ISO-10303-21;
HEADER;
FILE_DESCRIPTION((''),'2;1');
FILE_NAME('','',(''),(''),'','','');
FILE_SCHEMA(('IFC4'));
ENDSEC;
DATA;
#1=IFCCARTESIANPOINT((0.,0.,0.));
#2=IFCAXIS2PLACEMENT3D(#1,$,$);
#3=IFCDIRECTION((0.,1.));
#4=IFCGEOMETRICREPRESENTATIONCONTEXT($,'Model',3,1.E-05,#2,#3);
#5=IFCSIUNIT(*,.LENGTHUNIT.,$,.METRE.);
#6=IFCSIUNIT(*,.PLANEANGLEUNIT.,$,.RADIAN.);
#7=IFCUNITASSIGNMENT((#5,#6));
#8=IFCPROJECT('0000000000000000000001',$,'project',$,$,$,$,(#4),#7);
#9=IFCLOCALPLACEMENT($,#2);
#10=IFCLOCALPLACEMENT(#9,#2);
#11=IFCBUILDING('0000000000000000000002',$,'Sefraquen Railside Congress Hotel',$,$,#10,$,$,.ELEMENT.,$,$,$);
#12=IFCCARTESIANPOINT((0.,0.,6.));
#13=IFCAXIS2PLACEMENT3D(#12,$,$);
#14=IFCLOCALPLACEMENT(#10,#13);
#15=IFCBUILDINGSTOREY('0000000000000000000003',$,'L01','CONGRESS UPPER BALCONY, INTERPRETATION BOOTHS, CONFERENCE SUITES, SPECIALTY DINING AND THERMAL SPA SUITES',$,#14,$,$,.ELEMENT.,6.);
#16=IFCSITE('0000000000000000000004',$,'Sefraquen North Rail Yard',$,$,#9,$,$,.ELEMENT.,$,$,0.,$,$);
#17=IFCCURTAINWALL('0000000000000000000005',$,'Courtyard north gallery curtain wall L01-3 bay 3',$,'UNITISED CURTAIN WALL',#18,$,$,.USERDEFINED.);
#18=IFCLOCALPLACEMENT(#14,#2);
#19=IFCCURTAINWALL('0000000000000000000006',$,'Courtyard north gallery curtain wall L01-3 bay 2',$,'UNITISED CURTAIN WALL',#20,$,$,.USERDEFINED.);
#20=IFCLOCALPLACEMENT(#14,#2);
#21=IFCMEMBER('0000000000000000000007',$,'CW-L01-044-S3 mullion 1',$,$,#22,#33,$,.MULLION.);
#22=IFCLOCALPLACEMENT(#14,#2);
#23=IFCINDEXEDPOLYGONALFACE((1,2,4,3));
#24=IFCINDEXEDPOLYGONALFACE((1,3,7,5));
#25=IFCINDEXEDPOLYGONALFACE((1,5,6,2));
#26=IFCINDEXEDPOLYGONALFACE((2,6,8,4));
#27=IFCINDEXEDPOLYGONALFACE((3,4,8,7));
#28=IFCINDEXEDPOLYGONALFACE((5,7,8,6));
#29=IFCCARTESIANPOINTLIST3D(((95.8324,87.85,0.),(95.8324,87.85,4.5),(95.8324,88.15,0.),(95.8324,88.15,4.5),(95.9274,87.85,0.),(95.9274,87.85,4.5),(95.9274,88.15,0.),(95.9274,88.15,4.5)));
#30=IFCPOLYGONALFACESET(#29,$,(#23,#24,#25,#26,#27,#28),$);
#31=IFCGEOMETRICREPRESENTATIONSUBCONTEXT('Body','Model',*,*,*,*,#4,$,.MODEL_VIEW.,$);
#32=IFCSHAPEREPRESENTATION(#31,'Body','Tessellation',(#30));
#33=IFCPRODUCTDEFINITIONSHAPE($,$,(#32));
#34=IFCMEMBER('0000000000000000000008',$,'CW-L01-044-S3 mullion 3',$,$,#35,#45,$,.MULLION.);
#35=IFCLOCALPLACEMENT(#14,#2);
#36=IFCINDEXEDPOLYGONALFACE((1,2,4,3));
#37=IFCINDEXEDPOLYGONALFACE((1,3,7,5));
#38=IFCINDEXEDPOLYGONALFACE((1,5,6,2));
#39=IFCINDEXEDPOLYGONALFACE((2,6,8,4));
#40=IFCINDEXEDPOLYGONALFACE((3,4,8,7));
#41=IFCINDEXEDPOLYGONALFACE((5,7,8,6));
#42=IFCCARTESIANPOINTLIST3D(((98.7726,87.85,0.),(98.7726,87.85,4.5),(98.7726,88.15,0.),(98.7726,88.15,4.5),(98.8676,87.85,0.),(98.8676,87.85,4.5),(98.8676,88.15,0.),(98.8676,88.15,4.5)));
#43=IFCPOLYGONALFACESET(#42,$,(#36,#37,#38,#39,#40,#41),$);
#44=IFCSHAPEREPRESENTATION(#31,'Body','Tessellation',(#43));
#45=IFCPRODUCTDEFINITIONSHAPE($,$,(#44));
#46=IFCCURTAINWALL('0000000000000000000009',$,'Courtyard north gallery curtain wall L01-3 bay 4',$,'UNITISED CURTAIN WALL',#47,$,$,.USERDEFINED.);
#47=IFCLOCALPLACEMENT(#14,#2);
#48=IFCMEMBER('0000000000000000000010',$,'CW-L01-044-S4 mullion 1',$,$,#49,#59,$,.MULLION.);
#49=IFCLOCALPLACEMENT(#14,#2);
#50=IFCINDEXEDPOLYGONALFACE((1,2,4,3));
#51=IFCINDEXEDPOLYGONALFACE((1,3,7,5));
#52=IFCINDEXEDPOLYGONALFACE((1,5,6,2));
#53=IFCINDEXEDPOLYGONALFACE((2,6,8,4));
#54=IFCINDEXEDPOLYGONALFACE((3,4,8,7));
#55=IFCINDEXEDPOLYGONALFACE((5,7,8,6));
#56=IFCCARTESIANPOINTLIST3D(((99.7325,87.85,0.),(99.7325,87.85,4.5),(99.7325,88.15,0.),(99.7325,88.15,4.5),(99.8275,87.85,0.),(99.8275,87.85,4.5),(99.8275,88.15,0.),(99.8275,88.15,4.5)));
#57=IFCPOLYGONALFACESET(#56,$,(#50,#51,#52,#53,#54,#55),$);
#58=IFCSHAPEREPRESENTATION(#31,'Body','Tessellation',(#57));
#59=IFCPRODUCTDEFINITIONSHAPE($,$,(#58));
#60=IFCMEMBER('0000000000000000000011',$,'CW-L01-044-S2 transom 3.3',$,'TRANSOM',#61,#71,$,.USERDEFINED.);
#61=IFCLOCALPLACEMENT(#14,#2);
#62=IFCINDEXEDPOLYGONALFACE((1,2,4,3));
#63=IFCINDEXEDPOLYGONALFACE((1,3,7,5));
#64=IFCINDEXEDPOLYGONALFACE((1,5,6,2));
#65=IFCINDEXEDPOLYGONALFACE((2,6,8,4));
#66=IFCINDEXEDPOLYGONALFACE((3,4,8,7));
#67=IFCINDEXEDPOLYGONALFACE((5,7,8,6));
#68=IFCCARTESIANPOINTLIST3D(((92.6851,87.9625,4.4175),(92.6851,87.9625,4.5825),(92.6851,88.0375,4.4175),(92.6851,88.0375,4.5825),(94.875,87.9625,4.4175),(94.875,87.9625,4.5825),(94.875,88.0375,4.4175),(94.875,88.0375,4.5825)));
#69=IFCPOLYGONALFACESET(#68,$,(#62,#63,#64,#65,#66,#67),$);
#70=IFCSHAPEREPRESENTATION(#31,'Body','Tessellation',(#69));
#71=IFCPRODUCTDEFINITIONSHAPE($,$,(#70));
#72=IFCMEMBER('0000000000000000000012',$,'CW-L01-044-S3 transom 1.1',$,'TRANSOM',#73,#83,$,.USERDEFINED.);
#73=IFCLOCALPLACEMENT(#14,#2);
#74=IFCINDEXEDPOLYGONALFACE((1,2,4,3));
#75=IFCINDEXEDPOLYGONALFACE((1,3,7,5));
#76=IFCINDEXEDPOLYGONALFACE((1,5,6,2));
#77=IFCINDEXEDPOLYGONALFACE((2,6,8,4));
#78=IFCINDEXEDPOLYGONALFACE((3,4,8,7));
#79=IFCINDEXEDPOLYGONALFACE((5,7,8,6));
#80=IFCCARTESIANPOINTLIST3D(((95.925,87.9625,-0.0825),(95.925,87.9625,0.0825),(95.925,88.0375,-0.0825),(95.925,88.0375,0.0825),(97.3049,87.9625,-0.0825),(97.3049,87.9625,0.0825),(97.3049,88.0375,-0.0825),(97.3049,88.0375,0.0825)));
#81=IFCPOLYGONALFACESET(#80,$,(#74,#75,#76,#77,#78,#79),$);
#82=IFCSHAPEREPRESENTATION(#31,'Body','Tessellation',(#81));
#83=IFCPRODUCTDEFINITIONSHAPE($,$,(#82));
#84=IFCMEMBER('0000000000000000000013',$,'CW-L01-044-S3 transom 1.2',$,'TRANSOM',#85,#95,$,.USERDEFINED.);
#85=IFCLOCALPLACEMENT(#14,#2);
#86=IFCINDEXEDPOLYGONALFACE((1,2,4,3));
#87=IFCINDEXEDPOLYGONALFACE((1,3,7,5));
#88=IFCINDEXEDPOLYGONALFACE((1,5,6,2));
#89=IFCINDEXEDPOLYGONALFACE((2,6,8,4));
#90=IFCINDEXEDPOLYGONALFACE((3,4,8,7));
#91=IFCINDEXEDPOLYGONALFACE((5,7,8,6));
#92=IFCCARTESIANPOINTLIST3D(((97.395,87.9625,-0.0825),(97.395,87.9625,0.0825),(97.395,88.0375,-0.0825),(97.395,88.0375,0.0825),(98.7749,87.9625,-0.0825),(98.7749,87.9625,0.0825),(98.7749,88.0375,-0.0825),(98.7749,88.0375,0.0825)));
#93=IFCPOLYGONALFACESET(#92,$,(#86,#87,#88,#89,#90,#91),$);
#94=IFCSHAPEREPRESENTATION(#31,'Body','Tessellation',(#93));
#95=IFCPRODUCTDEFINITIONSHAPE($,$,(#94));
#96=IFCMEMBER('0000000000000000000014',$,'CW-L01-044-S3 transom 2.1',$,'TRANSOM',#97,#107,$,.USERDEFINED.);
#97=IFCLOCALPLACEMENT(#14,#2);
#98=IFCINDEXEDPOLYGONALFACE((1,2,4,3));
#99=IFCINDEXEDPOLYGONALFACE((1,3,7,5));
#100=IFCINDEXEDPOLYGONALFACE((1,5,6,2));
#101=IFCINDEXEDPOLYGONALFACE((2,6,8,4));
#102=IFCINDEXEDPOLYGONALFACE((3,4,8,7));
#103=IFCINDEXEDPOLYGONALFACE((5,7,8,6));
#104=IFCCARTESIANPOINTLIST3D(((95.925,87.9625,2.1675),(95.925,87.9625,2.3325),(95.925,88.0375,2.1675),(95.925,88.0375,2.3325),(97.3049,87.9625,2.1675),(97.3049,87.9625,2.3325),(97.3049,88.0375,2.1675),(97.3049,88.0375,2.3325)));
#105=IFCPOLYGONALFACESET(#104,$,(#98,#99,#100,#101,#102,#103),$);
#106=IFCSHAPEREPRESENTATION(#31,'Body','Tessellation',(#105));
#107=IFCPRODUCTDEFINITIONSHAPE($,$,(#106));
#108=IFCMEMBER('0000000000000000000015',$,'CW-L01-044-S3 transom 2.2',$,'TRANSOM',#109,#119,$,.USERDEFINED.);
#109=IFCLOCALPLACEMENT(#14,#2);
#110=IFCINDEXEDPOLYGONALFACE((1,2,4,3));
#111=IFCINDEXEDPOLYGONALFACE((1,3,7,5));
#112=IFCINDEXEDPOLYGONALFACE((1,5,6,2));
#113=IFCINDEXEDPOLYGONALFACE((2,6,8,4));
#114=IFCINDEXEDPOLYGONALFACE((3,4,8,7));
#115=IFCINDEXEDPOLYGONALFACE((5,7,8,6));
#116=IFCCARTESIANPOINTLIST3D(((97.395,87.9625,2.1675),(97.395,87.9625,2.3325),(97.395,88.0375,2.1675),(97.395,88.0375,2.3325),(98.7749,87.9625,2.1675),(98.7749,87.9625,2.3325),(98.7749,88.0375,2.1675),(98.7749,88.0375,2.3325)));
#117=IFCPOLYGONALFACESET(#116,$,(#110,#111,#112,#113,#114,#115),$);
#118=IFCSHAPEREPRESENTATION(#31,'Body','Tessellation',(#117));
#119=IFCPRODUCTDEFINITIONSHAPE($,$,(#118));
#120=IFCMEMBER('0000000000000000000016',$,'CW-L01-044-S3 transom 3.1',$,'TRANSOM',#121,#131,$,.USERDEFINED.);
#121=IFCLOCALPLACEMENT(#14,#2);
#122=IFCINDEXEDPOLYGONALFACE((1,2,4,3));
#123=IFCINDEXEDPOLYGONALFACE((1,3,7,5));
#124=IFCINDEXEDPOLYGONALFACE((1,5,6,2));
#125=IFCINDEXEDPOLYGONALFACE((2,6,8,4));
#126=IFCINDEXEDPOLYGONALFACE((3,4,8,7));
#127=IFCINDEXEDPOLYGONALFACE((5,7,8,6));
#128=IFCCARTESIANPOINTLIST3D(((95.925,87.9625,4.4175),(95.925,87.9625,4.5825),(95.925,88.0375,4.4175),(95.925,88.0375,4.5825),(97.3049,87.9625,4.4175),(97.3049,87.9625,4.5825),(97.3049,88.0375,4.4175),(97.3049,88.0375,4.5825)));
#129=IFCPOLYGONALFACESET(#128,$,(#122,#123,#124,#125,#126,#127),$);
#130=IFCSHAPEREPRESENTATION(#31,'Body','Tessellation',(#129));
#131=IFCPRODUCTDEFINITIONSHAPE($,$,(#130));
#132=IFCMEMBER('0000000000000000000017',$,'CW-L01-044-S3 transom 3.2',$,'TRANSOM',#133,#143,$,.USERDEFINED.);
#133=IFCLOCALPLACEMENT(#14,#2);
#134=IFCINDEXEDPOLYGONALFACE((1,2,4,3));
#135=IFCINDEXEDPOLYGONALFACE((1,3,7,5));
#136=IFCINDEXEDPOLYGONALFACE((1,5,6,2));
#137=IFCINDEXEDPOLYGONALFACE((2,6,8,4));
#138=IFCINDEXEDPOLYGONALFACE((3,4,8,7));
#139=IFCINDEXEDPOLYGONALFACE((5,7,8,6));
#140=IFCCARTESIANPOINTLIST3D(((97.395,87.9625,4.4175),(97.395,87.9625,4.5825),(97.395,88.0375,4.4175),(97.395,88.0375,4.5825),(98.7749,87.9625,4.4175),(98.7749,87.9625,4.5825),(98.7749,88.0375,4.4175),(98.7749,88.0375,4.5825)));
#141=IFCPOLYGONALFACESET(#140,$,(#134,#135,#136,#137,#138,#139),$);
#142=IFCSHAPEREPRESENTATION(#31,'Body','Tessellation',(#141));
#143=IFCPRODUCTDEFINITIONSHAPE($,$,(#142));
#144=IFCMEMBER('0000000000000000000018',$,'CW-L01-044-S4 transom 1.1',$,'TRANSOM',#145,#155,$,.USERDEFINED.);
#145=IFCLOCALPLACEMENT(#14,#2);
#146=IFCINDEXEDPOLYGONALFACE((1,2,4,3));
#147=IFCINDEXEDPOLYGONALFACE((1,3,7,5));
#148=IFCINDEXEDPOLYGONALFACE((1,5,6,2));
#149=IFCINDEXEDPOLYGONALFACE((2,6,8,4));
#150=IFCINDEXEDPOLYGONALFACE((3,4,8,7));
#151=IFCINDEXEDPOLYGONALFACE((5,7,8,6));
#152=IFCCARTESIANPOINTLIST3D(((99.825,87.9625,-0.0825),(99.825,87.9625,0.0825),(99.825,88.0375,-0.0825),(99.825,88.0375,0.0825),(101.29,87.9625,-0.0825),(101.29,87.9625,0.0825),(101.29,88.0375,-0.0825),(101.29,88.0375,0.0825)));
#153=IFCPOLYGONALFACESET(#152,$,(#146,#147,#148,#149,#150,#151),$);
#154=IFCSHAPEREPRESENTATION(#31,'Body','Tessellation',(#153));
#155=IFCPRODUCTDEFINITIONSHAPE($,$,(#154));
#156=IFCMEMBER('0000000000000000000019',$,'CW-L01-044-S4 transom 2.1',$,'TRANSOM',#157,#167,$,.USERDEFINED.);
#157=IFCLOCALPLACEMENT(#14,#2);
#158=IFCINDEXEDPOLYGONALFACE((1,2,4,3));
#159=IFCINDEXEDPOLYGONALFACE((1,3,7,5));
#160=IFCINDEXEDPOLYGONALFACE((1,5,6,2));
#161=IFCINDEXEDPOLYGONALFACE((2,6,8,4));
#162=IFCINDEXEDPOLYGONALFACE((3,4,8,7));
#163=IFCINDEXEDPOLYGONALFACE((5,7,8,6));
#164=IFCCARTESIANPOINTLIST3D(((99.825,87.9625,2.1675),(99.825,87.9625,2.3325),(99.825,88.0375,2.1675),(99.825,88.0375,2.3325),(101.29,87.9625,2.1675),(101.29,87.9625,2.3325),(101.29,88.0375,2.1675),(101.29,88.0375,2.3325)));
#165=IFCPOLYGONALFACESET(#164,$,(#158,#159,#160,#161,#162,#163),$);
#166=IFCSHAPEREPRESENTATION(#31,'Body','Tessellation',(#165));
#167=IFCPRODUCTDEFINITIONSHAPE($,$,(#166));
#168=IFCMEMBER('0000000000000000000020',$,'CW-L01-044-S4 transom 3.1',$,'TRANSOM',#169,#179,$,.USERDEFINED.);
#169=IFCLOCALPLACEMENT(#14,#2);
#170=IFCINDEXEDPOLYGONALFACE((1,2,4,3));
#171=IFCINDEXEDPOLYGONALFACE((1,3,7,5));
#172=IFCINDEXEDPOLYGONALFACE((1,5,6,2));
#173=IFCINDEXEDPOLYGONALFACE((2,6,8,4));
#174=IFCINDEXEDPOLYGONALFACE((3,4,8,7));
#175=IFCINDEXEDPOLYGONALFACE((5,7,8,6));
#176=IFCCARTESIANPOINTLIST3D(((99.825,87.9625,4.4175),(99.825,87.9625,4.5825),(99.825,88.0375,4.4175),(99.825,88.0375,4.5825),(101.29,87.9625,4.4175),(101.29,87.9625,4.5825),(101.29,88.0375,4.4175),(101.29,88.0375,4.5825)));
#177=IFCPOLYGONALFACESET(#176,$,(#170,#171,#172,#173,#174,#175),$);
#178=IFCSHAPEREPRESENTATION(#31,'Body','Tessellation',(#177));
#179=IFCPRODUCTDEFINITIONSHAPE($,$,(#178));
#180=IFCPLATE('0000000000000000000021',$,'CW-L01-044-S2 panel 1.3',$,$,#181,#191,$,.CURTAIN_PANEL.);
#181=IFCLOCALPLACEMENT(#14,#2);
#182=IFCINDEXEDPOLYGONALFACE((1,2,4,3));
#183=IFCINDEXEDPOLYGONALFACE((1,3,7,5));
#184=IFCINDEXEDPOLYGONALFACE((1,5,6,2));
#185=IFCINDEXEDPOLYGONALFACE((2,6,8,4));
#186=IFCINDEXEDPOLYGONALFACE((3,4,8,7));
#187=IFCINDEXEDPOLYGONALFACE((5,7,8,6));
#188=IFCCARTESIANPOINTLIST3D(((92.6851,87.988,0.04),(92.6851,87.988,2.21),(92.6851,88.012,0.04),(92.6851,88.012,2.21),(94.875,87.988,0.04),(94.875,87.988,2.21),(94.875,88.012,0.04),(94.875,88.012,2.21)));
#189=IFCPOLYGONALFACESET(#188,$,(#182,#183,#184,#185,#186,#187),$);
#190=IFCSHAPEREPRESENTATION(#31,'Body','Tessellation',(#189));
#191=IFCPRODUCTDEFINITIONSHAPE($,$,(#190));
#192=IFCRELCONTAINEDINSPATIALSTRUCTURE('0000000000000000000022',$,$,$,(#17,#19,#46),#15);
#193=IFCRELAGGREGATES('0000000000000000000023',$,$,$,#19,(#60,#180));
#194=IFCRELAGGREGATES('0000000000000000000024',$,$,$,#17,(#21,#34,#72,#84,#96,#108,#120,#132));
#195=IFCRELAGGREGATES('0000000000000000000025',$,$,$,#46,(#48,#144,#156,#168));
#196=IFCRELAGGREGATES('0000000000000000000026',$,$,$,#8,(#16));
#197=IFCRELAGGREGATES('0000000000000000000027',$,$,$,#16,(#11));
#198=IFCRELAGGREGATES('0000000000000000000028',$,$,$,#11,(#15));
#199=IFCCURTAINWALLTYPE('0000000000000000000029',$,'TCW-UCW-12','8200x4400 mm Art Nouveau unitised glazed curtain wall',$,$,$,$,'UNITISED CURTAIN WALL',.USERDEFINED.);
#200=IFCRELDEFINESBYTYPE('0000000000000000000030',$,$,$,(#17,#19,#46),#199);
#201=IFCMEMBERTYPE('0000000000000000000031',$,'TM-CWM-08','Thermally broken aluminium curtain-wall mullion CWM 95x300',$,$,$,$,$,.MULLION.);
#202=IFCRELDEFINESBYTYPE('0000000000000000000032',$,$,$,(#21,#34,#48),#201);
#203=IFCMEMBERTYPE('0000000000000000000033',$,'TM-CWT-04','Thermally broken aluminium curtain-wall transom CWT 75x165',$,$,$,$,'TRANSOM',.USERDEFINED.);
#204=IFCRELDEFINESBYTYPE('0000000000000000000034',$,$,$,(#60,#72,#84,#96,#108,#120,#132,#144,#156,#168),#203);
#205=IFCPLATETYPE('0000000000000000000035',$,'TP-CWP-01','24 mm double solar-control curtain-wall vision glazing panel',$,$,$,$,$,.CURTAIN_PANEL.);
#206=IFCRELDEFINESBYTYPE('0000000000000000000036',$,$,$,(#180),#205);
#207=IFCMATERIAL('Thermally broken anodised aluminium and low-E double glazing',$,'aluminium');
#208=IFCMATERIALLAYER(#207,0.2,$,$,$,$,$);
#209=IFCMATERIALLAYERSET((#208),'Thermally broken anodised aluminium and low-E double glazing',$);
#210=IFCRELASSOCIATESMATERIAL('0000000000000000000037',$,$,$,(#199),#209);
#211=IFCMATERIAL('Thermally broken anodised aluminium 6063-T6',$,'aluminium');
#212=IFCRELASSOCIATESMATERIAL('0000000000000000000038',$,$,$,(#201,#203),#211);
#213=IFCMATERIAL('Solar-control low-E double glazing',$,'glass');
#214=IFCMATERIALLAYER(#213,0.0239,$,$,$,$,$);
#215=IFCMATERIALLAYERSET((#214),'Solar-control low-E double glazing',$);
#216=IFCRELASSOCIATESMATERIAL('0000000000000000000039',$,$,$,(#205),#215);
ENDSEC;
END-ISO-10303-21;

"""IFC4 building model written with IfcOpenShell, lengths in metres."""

from ifc_helpers import new_model, si_unit, direction, frame, origin, origin_2d, place, context, subcontext, project, spatial, rectangle, extrude, material, layer, layer_set, material_profile, profile_set, type_object, element, aggregate, save


model = new_model("IFC4")

# Units and contexts
model_context = context("Model", 3, precision=1e-05, world=origin(), true_north=direction((0.0, 1.0)))
body_context = subcontext(model_context, "Body", "Model", "MODEL_VIEW")
ifc_project = project(units=[si_unit("LENGTHUNIT", "METRE"), si_unit("PLANEANGLEUNIT", "RADIAN")], contexts=[model_context])

# Site, building, storey
site_placement = place(None, origin())
site = spatial("IfcSite", under=ifc_project, at=site_placement, Name="Sefraquen North Rail Yard", CompositionType="ELEMENT", RefElevation=0.0)
building_placement = place(site_placement, origin())
building = spatial("IfcBuilding", under=site, at=building_placement, Name="Sefraquen Railside Congress Hotel", CompositionType="ELEMENT")
storey_placement = place(building_placement, frame((0.0, 0.0, 6.0)))
storey = spatial("IfcBuildingStorey", under=building, at=storey_placement, Name="L01", Description="CONGRESS UPPER BALCONY, INTERPRETATION BOOTHS, CONFERENCE SUITES, SPECIALTY DINING AND THERMAL SPA SUITES", CompositionType="ELEMENT", Elevation=6.0)

# Curtain walls
ifc_material_1 = material(Name="Thermally broken anodised aluminium and low-E double glazing", Category="aluminium")
ifc_layer_1 = layer(ifc_material_1, 0.2)
ifc_layer_set_1 = layer_set([ifc_layer_1], Name="Thermally broken anodised aluminium and low-E double glazing")
curtain_wall_type = type_object("IfcCurtainWallType", Name="TCW-UCW-12", Description="8200x4400 mm Art Nouveau unitised glazed curtain wall", ElementType="UNITISED CURTAIN WALL", PredefinedType="USERDEFINED", material=ifc_layer_set_1)
curtain_wall_1_placement = place(storey_placement, origin())
curtain_wall_1 = element("IfcCurtainWall", 1, at=curtain_wall_1_placement, inside=storey, type_object=curtain_wall_type, Name="Courtyard north gallery curtain wall L01-3 bay 3", ObjectType="UNITISED CURTAIN WALL", PredefinedType="USERDEFINED")
ifc_material_2 = material(Name="Thermally broken anodised aluminium 6063-T6", Category="aluminium")
curtain_wall_2_placement = place(storey_placement, origin())
curtain_wall_2 = element("IfcCurtainWall", 2, at=curtain_wall_2_placement, inside=storey, type_object=curtain_wall_type, Name="Courtyard north gallery curtain wall L01-3 bay 2", ObjectType="UNITISED CURTAIN WALL", PredefinedType="USERDEFINED")
ifc_material_profile_1 = material_profile(ifc_material_2, rectangle(XDim=0.095, YDim=0.3, at=origin_2d()), Name="CWM 95x300")
ifc_profile_set_1 = profile_set([ifc_material_profile_1], Name="Thermally broken anodised aluminium 6063-T6")
member_type_1 = type_object("IfcMemberType", Name="TM-CWM-08", Description="Thermally broken aluminium curtain-wall mullion CWM 95x300", PredefinedType="MULLION", material=ifc_profile_set_1)

# Members
member_1_placement = place(storey_placement, frame((95.8799, 88.0, 0.0), z_axis=(0.0, 0.0, 1.0), x_axis=(1.0, 0.0, 0.0)))
member_1 = element("IfcMember", 3, at=member_1_placement, type_object=member_type_1, Name="CW-L01-044-S3 mullion 1", PredefinedType="MULLION", context=body_context, shape_type="SweptSolid", body=[
    extrude(rectangle(XDim=0.095, YDim=0.3, at=origin_2d()), origin(), (0.0, 0.0, 1.0), 4.5),
])
member_2_placement = place(storey_placement, frame((98.8201, 88.0, 0.0), z_axis=(0.0, 0.0, 1.0), x_axis=(1.0, 0.0, 0.0)))
member_2 = element("IfcMember", 4, at=member_2_placement, type_object=member_type_1, Name="CW-L01-044-S3 mullion 3", PredefinedType="MULLION", context=body_context, shape_type="SweptSolid", body=[
    extrude(rectangle(XDim=0.095, YDim=0.3, at=origin_2d()), origin(), (0.0, 0.0, 1.0), 4.5),
])

# Curtain wall, member
curtain_wall_3_placement = place(storey_placement, origin())
curtain_wall_3 = element("IfcCurtainWall", 5, at=curtain_wall_3_placement, inside=storey, type_object=curtain_wall_type, Name="Courtyard north gallery curtain wall L01-3 bay 4", ObjectType="UNITISED CURTAIN WALL", PredefinedType="USERDEFINED")
member_3_placement = place(storey_placement, frame((99.78, 88.0, 0.0), z_axis=(0.0, 0.0, 1.0), x_axis=(1.0, 0.0, 0.0)))
member_3 = element("IfcMember", 6, at=member_3_placement, type_object=member_type_1, Name="CW-L01-044-S4 mullion 1", PredefinedType="MULLION", context=body_context, shape_type="SweptSolid", body=[
    extrude(rectangle(XDim=0.095, YDim=0.3, at=origin_2d()), origin(), (0.0, 0.0, 1.0), 4.5),
])

# Members
ifc_material_profile_2 = material_profile(ifc_material_2, rectangle(XDim=0.075, YDim=0.165, at=origin_2d()), Name="CWT 75x165")
ifc_profile_set_2 = profile_set([ifc_material_profile_2], Name="Thermally broken anodised aluminium 6063-T6")
member_type_2 = type_object("IfcMemberType", Name="TM-CWT-04", Description="Thermally broken aluminium curtain-wall transom CWT 75x165", ElementType="TRANSOM", PredefinedType="USERDEFINED", material=ifc_profile_set_2)
member_4_placement = place(storey_placement, frame((92.6851, 88.0, 4.5), z_axis=(1.0, 0.0, 0.0), x_axis=(0.0, 1.0, 0.0)))
member_4 = element("IfcMember", 7, at=member_4_placement, type_object=member_type_2, Name="CW-L01-044-S2 transom 3.3", ObjectType="TRANSOM", PredefinedType="USERDEFINED", context=body_context, shape_type="SweptSolid", body=[
    extrude(rectangle(XDim=0.075, YDim=0.165, at=origin_2d()), origin(), (0.0, 0.0, 1.0), 2.1899),
])
member_5_placement = place(storey_placement, frame((95.925, 88.0, 0.0), z_axis=(1.0, 0.0, 0.0), x_axis=(0.0, 1.0, 0.0)))
member_5 = element("IfcMember", 8, at=member_5_placement, type_object=member_type_2, Name="CW-L01-044-S3 transom 1.1", ObjectType="TRANSOM", PredefinedType="USERDEFINED", context=body_context, shape_type="SweptSolid", body=[
    extrude(rectangle(XDim=0.075, YDim=0.165, at=origin_2d()), origin(), (0.0, 0.0, 1.0), 1.3799),
])
member_6_placement = place(storey_placement, frame((97.395, 88.0, 0.0), z_axis=(1.0, 0.0, 0.0), x_axis=(0.0, 1.0, 0.0)))
member_6 = element("IfcMember", 9, at=member_6_placement, type_object=member_type_2, Name="CW-L01-044-S3 transom 1.2", ObjectType="TRANSOM", PredefinedType="USERDEFINED", context=body_context, shape_type="SweptSolid", body=[
    extrude(rectangle(XDim=0.075, YDim=0.165, at=origin_2d()), origin(), (0.0, 0.0, 1.0), 1.3799),
])
member_7_placement = place(storey_placement, frame((95.925, 88.0, 2.25), z_axis=(1.0, 0.0, 0.0), x_axis=(0.0, 1.0, 0.0)))
member_7 = element("IfcMember", 10, at=member_7_placement, type_object=member_type_2, Name="CW-L01-044-S3 transom 2.1", ObjectType="TRANSOM", PredefinedType="USERDEFINED", context=body_context, shape_type="SweptSolid", body=[
    extrude(rectangle(XDim=0.075, YDim=0.165, at=origin_2d()), origin(), (0.0, 0.0, 1.0), 1.3799),
])
member_8_placement = place(storey_placement, frame((97.395, 88.0, 2.25), z_axis=(1.0, 0.0, 0.0), x_axis=(0.0, 1.0, 0.0)))
member_8 = element("IfcMember", 11, at=member_8_placement, type_object=member_type_2, Name="CW-L01-044-S3 transom 2.2", ObjectType="TRANSOM", PredefinedType="USERDEFINED", context=body_context, shape_type="SweptSolid", body=[
    extrude(rectangle(XDim=0.075, YDim=0.165, at=origin_2d()), origin(), (0.0, 0.0, 1.0), 1.3799),
])
member_9_placement = place(storey_placement, frame((95.925, 88.0, 4.5), z_axis=(1.0, 0.0, 0.0), x_axis=(0.0, 1.0, 0.0)))
member_9 = element("IfcMember", 12, at=member_9_placement, type_object=member_type_2, Name="CW-L01-044-S3 transom 3.1", ObjectType="TRANSOM", PredefinedType="USERDEFINED", context=body_context, shape_type="SweptSolid", body=[
    extrude(rectangle(XDim=0.075, YDim=0.165, at=origin_2d()), origin(), (0.0, 0.0, 1.0), 1.3799),
])
member_10_placement = place(storey_placement, frame((97.395, 88.0, 4.5), z_axis=(1.0, 0.0, 0.0), x_axis=(0.0, 1.0, 0.0)))
member_10 = element("IfcMember", 13, at=member_10_placement, type_object=member_type_2, Name="CW-L01-044-S3 transom 3.2", ObjectType="TRANSOM", PredefinedType="USERDEFINED", context=body_context, shape_type="SweptSolid", body=[
    extrude(rectangle(XDim=0.075, YDim=0.165, at=origin_2d()), origin(), (0.0, 0.0, 1.0), 1.3799),
])
member_11_placement = place(storey_placement, frame((99.825, 88.0, 0.0), z_axis=(1.0, 0.0, 0.0), x_axis=(0.0, 1.0, 0.0)))
member_11 = element("IfcMember", 14, at=member_11_placement, type_object=member_type_2, Name="CW-L01-044-S4 transom 1.1", ObjectType="TRANSOM", PredefinedType="USERDEFINED", context=body_context, shape_type="SweptSolid", body=[
    extrude(rectangle(XDim=0.075, YDim=0.165, at=origin_2d()), origin(), (0.0, 0.0, 1.0), 1.4651),
])
member_12_placement = place(storey_placement, frame((99.825, 88.0, 2.25), z_axis=(1.0, 0.0, 0.0), x_axis=(0.0, 1.0, 0.0)))
member_12 = element("IfcMember", 15, at=member_12_placement, type_object=member_type_2, Name="CW-L01-044-S4 transom 2.1", ObjectType="TRANSOM", PredefinedType="USERDEFINED", context=body_context, shape_type="SweptSolid", body=[
    extrude(rectangle(XDim=0.075, YDim=0.165, at=origin_2d()), origin(), (0.0, 0.0, 1.0), 1.4651),
])
member_13_placement = place(storey_placement, frame((99.825, 88.0, 4.5), z_axis=(1.0, 0.0, 0.0), x_axis=(0.0, 1.0, 0.0)))
member_13 = element("IfcMember", 16, at=member_13_placement, type_object=member_type_2, Name="CW-L01-044-S4 transom 3.1", ObjectType="TRANSOM", PredefinedType="USERDEFINED", context=body_context, shape_type="SweptSolid", body=[
    extrude(rectangle(XDim=0.075, YDim=0.165, at=origin_2d()), origin(), (0.0, 0.0, 1.0), 1.4651),
])

# Plate
ifc_material_3 = material(Name="Solar-control low-E double glazing", Category="glass")
ifc_layer_2 = layer(ifc_material_3, 0.0239)
ifc_layer_set_2 = layer_set([ifc_layer_2], Name="Solar-control low-E double glazing")
plate_type_1 = type_object("IfcPlateType", Name="TP-CWP-01", Description="24 mm double solar-control curtain-wall vision glazing panel", PredefinedType="CURTAIN_PANEL", material=ifc_layer_set_2)
plate_1_placement = place(storey_placement, frame((93.78, 88.0, 0.04), z_axis=(0.0, 0.0, 1.0), x_axis=(1.0, 0.0, 0.0)))
plate_1 = element("IfcPlate", 17, at=plate_1_placement, type_object=plate_type_1, Name="CW-L01-044-S2 panel 1.3", PredefinedType="CURTAIN_PANEL", context=body_context, shape_type="SweptSolid", body=[
    extrude(rectangle(XDim=2.1899, YDim=0.0239, at=origin_2d()), origin(), (0.0, 0.0, 1.0), 2.1699),
])
aggregate(curtain_wall_2, [member_4, plate_1])
aggregate(curtain_wall_1, [member_1, member_2, member_5, member_6, member_7, member_8, member_9, member_10])
aggregate(curtain_wall_3, [member_3, member_11, member_12, member_13])

save(model, "model.ifc")
